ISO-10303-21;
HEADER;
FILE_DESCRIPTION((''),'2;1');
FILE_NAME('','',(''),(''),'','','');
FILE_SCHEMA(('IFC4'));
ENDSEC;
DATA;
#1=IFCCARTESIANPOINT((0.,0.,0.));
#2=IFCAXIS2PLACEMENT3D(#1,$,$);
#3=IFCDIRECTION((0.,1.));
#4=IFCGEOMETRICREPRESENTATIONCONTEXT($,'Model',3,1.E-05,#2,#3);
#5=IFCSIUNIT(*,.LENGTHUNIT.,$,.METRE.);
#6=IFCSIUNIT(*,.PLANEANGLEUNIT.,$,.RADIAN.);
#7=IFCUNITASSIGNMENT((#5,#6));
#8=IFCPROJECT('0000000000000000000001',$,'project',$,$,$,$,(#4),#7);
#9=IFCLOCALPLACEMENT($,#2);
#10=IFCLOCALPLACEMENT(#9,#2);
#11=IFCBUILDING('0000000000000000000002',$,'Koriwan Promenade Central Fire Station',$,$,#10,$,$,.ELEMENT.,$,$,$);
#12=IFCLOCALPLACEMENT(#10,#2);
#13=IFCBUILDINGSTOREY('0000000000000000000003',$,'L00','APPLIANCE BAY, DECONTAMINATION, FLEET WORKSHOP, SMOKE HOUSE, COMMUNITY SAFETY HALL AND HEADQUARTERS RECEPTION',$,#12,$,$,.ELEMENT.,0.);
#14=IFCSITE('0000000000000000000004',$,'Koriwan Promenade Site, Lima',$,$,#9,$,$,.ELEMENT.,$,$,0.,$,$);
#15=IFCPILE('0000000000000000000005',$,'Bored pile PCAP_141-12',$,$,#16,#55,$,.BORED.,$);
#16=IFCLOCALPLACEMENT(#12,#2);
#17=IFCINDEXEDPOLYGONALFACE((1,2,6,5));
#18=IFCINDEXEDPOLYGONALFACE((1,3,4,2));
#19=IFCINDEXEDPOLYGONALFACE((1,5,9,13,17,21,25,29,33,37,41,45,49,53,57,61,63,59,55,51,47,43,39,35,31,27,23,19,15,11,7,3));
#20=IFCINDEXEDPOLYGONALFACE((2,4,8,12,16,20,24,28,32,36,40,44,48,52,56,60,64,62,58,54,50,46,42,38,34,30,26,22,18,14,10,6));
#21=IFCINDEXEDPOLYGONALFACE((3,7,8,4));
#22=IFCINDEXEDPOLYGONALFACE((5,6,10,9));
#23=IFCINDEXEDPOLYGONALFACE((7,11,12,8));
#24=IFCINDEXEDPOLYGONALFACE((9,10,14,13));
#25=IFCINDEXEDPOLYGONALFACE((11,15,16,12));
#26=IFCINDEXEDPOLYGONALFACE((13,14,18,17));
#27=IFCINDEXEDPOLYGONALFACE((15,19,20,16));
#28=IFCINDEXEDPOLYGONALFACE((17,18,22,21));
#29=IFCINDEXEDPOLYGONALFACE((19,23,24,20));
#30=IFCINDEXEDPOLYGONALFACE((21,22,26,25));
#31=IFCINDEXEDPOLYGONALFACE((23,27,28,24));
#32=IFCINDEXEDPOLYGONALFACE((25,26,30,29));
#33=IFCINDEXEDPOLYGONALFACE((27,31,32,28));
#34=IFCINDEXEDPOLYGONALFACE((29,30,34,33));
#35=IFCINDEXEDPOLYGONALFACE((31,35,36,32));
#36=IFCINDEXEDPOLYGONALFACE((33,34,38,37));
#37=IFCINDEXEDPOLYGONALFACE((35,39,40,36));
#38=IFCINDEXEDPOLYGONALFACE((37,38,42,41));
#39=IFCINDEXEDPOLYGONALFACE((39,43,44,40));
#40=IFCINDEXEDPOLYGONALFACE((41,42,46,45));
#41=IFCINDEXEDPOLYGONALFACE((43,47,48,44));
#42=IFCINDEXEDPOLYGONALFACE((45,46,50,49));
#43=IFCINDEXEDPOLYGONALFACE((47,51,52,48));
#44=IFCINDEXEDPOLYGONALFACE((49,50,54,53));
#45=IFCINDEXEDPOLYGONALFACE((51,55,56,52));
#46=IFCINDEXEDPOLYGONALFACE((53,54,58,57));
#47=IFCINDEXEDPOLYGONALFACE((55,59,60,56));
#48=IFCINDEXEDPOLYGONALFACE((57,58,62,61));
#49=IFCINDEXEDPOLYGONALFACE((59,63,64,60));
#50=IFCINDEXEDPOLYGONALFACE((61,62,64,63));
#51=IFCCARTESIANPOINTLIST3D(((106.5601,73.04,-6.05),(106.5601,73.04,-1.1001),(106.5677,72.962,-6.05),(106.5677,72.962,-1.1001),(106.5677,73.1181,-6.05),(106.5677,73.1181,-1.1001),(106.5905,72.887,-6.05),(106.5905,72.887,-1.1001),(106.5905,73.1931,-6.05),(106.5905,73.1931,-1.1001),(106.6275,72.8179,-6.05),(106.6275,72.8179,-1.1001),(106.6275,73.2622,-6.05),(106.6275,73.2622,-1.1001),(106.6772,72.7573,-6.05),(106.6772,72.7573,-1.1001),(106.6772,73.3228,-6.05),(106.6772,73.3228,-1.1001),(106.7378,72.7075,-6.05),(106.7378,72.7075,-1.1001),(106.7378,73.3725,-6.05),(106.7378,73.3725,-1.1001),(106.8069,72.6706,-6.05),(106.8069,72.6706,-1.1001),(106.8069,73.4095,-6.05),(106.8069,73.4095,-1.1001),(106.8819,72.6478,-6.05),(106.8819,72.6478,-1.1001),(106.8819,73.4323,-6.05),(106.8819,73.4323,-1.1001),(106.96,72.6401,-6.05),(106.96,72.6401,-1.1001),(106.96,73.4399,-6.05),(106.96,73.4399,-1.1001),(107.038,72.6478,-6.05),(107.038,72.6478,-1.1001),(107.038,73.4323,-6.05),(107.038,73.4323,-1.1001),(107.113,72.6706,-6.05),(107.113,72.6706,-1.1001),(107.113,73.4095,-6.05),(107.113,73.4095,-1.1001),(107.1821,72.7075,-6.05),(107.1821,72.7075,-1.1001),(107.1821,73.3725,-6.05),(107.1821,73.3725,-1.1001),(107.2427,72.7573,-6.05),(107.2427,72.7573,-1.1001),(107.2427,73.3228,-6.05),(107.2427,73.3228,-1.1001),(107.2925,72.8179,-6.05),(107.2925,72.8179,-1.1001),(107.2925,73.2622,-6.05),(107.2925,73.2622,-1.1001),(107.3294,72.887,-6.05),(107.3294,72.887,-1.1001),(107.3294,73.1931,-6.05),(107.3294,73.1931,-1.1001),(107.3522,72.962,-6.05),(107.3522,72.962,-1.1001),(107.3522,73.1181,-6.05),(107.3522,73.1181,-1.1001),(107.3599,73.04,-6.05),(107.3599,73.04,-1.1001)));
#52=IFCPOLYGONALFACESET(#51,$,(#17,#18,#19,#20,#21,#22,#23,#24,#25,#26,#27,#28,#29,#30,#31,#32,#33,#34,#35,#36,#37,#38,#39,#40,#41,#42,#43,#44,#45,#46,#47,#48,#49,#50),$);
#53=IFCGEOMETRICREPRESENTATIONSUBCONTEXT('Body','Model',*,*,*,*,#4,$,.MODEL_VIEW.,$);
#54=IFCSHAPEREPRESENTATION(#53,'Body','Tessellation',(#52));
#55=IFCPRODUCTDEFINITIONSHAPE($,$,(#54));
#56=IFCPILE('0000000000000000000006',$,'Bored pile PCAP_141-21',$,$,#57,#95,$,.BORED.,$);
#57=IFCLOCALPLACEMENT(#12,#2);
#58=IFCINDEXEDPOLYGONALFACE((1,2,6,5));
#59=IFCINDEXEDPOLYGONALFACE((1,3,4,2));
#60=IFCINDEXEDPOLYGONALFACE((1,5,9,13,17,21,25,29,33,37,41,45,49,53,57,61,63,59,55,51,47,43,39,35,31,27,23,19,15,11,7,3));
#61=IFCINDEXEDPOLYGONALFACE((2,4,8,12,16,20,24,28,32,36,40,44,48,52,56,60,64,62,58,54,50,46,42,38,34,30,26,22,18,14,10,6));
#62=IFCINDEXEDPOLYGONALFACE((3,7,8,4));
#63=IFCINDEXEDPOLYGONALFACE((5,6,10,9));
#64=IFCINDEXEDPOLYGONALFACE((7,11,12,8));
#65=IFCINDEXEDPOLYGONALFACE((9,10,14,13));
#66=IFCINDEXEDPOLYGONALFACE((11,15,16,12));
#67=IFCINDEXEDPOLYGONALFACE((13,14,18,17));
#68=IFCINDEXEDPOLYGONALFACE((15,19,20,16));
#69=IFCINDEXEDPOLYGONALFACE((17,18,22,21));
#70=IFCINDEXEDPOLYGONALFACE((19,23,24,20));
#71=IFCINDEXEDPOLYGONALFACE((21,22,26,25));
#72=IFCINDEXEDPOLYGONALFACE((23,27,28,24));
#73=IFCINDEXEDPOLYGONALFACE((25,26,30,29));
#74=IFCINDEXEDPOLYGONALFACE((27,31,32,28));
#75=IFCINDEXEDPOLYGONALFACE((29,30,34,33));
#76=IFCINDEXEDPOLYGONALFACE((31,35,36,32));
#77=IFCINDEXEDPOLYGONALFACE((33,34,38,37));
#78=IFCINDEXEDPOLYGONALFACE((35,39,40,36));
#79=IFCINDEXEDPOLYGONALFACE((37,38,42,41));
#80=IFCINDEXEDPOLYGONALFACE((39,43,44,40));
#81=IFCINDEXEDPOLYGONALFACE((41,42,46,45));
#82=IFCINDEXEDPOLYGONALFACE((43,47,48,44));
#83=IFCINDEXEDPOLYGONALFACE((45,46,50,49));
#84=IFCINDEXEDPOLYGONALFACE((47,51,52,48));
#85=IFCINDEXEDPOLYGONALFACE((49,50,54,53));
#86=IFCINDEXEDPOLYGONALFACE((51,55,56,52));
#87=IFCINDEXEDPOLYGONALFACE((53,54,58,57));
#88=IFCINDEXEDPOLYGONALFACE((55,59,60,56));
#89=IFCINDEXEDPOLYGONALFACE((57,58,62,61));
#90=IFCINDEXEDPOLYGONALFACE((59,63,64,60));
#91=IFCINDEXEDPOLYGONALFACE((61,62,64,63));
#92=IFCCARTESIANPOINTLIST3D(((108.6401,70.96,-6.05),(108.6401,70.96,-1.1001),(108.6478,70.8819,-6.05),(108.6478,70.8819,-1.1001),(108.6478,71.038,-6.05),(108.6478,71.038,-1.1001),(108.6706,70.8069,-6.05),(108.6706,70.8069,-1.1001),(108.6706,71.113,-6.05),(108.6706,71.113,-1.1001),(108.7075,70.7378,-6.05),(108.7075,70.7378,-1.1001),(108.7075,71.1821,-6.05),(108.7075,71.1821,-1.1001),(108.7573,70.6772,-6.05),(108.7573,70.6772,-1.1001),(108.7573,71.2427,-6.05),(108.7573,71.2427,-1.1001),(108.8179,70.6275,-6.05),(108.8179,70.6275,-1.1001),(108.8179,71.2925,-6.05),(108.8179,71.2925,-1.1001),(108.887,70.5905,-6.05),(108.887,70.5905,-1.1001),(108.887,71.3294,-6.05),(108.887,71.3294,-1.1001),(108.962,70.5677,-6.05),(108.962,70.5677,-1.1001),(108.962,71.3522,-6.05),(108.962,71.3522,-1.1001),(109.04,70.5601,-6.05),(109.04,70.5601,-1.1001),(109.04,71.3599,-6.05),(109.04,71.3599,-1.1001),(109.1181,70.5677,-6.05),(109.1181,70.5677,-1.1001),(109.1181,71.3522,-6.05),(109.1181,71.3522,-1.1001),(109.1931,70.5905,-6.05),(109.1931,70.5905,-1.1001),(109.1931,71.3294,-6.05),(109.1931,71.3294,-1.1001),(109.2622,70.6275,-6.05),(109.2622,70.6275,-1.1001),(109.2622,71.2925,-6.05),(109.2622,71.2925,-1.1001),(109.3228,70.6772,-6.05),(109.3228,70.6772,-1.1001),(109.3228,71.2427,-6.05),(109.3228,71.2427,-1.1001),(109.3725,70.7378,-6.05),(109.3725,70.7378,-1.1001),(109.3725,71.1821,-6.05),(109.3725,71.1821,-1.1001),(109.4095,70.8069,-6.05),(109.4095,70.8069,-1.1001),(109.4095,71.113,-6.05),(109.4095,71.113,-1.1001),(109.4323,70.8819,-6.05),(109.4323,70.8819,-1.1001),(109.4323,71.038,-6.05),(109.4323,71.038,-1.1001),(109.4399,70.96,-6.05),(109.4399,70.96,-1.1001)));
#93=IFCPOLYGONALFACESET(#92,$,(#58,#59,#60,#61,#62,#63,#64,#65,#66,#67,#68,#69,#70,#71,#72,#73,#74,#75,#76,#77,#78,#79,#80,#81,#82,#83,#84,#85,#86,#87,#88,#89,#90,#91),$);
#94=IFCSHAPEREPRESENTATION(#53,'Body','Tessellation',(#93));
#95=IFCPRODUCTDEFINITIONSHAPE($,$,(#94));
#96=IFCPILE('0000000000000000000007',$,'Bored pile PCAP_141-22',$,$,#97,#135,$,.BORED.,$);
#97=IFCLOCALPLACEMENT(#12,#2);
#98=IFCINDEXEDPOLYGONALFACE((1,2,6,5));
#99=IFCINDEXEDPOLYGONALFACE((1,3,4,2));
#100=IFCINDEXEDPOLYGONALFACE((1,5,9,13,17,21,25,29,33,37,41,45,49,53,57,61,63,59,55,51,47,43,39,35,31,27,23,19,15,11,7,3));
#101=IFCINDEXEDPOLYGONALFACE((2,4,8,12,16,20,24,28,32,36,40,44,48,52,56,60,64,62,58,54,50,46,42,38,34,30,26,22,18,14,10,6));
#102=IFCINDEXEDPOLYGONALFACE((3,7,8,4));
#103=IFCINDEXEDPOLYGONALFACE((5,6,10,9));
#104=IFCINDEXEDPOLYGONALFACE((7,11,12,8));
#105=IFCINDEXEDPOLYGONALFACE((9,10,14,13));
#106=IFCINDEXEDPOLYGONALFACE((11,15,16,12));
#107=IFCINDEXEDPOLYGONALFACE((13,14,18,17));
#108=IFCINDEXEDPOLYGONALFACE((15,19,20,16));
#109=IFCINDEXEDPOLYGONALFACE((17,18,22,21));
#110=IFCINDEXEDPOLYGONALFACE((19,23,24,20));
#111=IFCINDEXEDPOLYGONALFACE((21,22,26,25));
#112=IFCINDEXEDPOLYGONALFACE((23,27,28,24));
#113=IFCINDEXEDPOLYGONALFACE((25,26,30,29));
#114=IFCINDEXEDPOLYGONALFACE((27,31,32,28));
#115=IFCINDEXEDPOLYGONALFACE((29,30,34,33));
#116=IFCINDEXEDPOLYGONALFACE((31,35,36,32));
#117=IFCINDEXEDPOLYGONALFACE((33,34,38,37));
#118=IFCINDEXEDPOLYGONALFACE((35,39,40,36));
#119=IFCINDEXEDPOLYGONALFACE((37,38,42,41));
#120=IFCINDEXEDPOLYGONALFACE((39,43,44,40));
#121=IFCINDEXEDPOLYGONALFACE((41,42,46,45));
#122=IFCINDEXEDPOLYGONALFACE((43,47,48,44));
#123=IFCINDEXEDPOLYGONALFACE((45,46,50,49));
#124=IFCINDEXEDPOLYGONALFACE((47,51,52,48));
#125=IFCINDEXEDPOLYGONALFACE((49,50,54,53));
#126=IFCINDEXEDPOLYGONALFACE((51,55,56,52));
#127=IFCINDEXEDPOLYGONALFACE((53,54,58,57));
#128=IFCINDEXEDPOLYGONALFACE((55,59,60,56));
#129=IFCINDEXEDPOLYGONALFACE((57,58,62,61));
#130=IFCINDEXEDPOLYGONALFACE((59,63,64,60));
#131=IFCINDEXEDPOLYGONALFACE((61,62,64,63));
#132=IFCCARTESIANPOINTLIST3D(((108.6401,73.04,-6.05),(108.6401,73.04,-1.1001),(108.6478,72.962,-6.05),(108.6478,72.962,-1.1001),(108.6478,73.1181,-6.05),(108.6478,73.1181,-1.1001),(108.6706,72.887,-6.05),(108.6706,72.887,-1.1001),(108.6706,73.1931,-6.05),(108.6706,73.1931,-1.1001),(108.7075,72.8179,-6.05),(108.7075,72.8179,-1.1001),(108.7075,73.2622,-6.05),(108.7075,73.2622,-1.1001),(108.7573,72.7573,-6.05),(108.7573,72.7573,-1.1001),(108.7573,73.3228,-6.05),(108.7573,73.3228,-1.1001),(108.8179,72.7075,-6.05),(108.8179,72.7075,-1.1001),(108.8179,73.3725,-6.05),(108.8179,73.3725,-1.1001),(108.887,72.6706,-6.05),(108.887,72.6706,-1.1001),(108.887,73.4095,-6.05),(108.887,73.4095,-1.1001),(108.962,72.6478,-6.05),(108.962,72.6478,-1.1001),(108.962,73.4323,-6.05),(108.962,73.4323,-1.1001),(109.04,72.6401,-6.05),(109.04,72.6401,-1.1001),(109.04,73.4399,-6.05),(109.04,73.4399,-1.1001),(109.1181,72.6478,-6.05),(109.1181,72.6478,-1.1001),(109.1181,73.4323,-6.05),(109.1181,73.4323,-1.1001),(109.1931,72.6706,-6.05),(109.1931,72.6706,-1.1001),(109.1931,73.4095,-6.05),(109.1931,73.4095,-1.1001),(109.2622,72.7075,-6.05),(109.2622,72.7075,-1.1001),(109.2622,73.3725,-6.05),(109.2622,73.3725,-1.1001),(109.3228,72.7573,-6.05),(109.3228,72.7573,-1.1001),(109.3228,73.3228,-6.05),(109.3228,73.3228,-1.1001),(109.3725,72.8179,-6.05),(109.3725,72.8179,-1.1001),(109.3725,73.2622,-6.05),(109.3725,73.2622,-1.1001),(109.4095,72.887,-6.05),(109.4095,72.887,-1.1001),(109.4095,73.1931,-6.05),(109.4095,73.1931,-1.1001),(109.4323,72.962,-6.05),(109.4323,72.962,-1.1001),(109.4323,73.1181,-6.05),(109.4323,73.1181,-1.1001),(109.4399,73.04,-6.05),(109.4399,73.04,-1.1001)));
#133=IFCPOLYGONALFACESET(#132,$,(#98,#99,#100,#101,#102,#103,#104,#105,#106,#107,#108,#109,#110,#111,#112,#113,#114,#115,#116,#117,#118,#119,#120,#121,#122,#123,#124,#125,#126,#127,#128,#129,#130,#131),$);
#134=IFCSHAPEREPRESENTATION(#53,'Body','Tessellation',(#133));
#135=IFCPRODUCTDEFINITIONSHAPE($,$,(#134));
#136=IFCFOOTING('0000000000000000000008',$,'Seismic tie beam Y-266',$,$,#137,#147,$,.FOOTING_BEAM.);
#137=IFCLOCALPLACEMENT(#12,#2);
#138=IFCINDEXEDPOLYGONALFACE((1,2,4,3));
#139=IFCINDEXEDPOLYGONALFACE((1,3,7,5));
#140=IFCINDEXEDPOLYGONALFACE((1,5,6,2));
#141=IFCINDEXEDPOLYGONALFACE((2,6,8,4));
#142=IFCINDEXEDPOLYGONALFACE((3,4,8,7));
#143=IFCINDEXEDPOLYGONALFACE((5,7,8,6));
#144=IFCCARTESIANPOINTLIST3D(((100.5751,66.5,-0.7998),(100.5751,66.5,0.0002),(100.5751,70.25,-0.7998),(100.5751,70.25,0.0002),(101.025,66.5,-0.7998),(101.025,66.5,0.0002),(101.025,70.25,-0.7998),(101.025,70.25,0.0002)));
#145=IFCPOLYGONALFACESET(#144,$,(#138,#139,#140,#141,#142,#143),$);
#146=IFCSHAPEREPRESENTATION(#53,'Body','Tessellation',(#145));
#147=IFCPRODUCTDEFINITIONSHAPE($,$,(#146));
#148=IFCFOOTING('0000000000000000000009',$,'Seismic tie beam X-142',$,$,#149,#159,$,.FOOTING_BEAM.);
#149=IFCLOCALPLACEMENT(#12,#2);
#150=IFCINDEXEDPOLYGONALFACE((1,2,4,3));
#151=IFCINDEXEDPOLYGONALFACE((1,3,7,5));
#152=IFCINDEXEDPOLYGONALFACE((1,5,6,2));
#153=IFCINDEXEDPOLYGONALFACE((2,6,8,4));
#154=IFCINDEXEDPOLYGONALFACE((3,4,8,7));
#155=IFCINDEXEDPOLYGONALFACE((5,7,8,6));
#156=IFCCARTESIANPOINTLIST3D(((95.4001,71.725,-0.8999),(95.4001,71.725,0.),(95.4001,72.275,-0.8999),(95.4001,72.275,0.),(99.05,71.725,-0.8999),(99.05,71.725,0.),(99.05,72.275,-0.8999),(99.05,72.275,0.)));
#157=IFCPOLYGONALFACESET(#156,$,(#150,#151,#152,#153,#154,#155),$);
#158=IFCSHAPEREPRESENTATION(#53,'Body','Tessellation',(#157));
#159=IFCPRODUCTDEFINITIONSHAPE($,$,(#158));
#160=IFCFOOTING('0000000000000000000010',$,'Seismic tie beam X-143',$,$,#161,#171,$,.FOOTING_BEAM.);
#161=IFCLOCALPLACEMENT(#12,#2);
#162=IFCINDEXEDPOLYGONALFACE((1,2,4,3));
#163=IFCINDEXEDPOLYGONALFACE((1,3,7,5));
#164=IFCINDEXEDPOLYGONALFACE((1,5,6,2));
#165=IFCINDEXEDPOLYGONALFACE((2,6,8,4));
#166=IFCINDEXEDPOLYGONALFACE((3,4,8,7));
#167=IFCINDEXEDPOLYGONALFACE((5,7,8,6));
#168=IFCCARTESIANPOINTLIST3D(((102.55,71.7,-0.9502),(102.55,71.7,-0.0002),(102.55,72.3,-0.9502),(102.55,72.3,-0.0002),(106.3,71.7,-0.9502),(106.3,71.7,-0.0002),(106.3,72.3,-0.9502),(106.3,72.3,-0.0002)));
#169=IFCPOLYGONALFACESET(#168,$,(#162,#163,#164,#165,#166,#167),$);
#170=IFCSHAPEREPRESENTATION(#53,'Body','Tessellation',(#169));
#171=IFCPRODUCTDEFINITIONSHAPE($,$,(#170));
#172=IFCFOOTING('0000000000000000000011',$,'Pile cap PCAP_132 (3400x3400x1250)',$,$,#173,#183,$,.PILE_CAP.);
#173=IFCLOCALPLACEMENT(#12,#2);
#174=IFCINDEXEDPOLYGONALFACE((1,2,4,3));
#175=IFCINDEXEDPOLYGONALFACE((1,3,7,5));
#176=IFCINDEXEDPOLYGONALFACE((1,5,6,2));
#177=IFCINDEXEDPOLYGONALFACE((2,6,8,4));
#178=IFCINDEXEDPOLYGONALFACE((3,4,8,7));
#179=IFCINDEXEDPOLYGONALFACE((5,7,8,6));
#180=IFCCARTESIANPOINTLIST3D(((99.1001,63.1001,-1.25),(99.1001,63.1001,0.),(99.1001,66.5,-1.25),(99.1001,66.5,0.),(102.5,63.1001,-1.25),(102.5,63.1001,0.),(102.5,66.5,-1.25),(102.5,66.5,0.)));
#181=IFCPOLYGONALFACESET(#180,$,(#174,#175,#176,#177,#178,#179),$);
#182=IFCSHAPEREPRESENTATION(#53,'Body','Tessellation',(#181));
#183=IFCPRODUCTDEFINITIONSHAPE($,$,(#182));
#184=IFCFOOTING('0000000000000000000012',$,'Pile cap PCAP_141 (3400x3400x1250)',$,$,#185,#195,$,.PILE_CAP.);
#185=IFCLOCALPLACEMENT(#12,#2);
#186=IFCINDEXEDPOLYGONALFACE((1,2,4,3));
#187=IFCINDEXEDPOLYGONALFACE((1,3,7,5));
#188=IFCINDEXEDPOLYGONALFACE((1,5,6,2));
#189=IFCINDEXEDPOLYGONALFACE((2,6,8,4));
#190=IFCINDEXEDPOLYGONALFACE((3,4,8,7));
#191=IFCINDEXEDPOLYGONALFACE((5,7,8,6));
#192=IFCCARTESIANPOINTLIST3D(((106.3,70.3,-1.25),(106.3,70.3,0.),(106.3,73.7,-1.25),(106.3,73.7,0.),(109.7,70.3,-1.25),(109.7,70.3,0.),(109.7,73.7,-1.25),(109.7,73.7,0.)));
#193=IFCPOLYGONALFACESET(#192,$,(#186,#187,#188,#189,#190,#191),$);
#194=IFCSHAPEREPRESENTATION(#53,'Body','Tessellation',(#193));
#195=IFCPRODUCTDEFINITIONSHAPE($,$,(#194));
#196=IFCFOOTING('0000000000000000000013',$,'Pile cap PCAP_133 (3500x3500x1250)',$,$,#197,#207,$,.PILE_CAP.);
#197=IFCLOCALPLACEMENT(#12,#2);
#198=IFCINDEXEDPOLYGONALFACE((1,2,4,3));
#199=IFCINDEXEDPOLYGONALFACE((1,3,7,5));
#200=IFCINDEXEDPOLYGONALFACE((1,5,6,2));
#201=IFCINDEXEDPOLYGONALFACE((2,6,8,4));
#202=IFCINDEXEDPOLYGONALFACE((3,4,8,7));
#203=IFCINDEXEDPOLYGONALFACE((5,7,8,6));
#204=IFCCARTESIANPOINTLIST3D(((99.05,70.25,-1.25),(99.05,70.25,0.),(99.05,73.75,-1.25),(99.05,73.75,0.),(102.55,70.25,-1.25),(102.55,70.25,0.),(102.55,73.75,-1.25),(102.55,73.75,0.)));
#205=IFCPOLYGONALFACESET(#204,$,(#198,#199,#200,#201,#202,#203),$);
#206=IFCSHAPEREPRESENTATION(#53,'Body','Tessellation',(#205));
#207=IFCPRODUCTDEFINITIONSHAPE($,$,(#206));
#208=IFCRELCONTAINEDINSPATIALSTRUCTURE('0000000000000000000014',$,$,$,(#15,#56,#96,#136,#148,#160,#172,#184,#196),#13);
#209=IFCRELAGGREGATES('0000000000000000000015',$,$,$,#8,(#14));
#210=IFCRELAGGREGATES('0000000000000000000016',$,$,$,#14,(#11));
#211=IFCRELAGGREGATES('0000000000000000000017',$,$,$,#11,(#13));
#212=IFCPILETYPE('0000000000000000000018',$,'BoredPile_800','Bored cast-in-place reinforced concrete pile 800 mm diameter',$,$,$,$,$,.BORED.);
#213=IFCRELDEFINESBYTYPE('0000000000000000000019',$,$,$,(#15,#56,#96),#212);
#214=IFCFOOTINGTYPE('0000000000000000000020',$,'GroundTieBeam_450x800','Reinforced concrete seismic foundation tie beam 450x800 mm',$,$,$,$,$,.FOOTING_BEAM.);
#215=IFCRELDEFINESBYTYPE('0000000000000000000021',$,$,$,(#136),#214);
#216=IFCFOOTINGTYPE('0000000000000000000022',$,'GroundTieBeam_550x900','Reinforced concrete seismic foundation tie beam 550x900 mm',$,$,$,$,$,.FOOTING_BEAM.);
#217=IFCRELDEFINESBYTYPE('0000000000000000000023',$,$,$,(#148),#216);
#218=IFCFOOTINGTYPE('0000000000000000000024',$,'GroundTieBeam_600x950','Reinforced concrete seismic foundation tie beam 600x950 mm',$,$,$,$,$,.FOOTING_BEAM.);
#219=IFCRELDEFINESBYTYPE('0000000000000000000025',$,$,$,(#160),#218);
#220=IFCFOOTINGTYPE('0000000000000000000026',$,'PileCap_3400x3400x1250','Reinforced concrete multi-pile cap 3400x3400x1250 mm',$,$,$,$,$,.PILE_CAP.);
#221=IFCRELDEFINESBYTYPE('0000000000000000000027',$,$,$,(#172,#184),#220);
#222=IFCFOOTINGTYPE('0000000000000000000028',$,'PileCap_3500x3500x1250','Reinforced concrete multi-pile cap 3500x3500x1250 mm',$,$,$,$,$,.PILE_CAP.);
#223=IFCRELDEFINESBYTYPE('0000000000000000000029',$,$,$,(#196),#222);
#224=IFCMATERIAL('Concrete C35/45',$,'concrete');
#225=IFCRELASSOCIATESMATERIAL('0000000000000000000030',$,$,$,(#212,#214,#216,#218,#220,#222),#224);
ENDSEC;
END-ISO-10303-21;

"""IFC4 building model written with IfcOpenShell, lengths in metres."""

from ifc_helpers import new_model, si_unit, direction, frame, origin, origin_2d, place, context, subcontext, project, spatial, rectangle, circle, extrude, material, material_profile, profile_set, type_object, element, save


model = new_model("IFC4")

# Units and contexts
model_context = context("Model", 3, precision=1e-05, world=origin(), true_north=direction((0.0, 1.0)))
body_context = subcontext(model_context, "Body", "Model", "MODEL_VIEW")
ifc_project = project(units=[si_unit("LENGTHUNIT", "METRE"), si_unit("PLANEANGLEUNIT", "RADIAN")], contexts=[model_context])

# Site, building, storey
site_placement = place(None, origin())
site = spatial("IfcSite", under=ifc_project, at=site_placement, Name="Koriwan Promenade Site, Lima", CompositionType="ELEMENT", RefElevation=0.0)
building_placement = place(site_placement, origin())
building = spatial("IfcBuilding", under=site, at=building_placement, Name="Koriwan Promenade Central Fire Station", CompositionType="ELEMENT")
storey_placement = place(building_placement, origin())
storey = spatial("IfcBuildingStorey", under=building, at=storey_placement, Name="L00", Description="APPLIANCE BAY, DECONTAMINATION, FLEET WORKSHOP, SMOKE HOUSE, COMMUNITY SAFETY HALL AND HEADQUARTERS RECEPTION", CompositionType="ELEMENT", Elevation=0.0)

# Piles
ifc_material_1 = material(Name="Concrete C35/45", Category="concrete")
ifc_material_profile_1 = material_profile(ifc_material_1, circle(Radius=0.3999, at=origin_2d()), Name="PILE-D800")
ifc_profile_set_1 = profile_set([ifc_material_profile_1], Name="Concrete C35/45")
pile_type = type_object("IfcPileType", Name="BoredPile_800", Description="Bored cast-in-place reinforced concrete pile 800 mm diameter", PredefinedType="BORED", material=ifc_profile_set_1)
for number, where, z_axis, x_axis, name in (
    (1, (106.96, 73.04, -1.1001), (0.0, 0.0, -1.0), (1.0, 0.0, 0.0), "Bored pile PCAP_141-12"),
    (2, (109.04, 70.96, -1.1001), (0.0, 0.0, -1.0), (1.0, 0.0, 0.0), "Bored pile PCAP_141-21"),
    (3, (109.04, 73.04, -1.1001), (0.0, 0.0, -1.0), (1.0, 0.0, 0.0), "Bored pile PCAP_141-22"),
):
    element("IfcPile", number, at=place(storey_placement, frame(where, z_axis=z_axis, x_axis=x_axis)), inside=storey, type_object=pile_type, Name=name, PredefinedType="BORED", context=body_context, shape_type="SweptSolid", body=[
        extrude(circle(Radius=0.3999, at=origin_2d()), origin(), (0.0, 0.0, 1.0), 4.95),
    ])

# Footings
footing_type_1 = type_object("IfcFootingType", Name="GroundTieBeam_450x800", Description="Reinforced concrete seismic foundation tie beam 450x800 mm", PredefinedType="FOOTING_BEAM", material=ifc_material_1)
footing_1_placement = place(storey_placement, frame((100.8, 68.375, -0.7998), z_axis=(0.0, 0.0, 1.0), x_axis=(0.0, 1.0, 0.0)))
element("IfcFooting", 4, at=footing_1_placement, inside=storey, type_object=footing_type_1, Name="Seismic tie beam Y-266", PredefinedType="FOOTING_BEAM", context=body_context, shape_type="SweptSolid", body=[
    extrude(rectangle(XDim=3.75, YDim=0.45, at=origin_2d()), origin(), (0.0, 0.0, 1.0), 0.8),
])
footing_type_2 = type_object("IfcFootingType", Name="GroundTieBeam_550x900", Description="Reinforced concrete seismic foundation tie beam 550x900 mm", PredefinedType="FOOTING_BEAM", material=ifc_material_1)
footing_2_placement = place(storey_placement, frame((97.2251, 72.0, -0.8999), z_axis=(0.0, 0.0, 1.0), x_axis=(1.0, 0.0, 0.0)))
element("IfcFooting", 5, at=footing_2_placement, inside=storey, type_object=footing_type_2, Name="Seismic tie beam X-142", PredefinedType="FOOTING_BEAM", context=body_context, shape_type="SweptSolid", body=[
    extrude(rectangle(XDim=3.6499, YDim=0.55, at=origin_2d()), origin(), (0.0, 0.0, 1.0), 0.8999),
])
footing_type_3 = type_object("IfcFootingType", Name="GroundTieBeam_600x950", Description="Reinforced concrete seismic foundation tie beam 600x950 mm", PredefinedType="FOOTING_BEAM", material=ifc_material_1)
footing_3_placement = place(storey_placement, frame((104.425, 72.0, -0.9502), z_axis=(0.0, 0.0, 1.0), x_axis=(1.0, 0.0, 0.0)))
element("IfcFooting", 6, at=footing_3_placement, inside=storey, type_object=footing_type_3, Name="Seismic tie beam X-143", PredefinedType="FOOTING_BEAM", context=body_context, shape_type="SweptSolid", body=[
    extrude(rectangle(XDim=3.75, YDim=0.6001, at=origin_2d()), origin(), (0.0, 0.0, 1.0), 0.95),
])
footing_type_4 = type_object("IfcFootingType", Name="PileCap_3400x3400x1250", Description="Reinforced concrete multi-pile cap 3400x3400x1250 mm", PredefinedType="PILE_CAP", material=ifc_material_1)
for number, where, z_axis, x_axis, name in (
    (7, (100.8, 64.8, -1.25), (0.0, 0.0, 1.0), (1.0, 0.0, 0.0), "Pile cap PCAP_132 (3400x3400x1250)"),
    (8, (108.0, 72.0, -1.25), (0.0, 0.0, 1.0), (1.0, 0.0, 0.0), "Pile cap PCAP_141 (3400x3400x1250)"),
):
    element("IfcFooting", number, at=place(storey_placement, frame(where, z_axis=z_axis, x_axis=x_axis)), inside=storey, type_object=footing_type_4, Name=name, PredefinedType="PILE_CAP", context=body_context, shape_type="SweptSolid", body=[
        extrude(rectangle(XDim=3.3999, YDim=3.3999, at=origin_2d()), origin(), (0.0, 0.0, 1.0), 1.25),
    ])
footing_type_5 = type_object("IfcFootingType", Name="PileCap_3500x3500x1250", Description="Reinforced concrete multi-pile cap 3500x3500x1250 mm", PredefinedType="PILE_CAP", material=ifc_material_1)
footing_4_placement = place(storey_placement, frame((100.8, 72.0, -1.25), z_axis=(0.0, 0.0, 1.0), x_axis=(1.0, 0.0, 0.0)))
element("IfcFooting", 9, at=footing_4_placement, inside=storey, type_object=footing_type_5, Name="Pile cap PCAP_133 (3500x3500x1250)", PredefinedType="PILE_CAP", context=body_context, shape_type="SweptSolid", body=[
    extrude(rectangle(XDim=3.5, YDim=3.5, at=origin_2d()), origin(), (0.0, 0.0, 1.0), 1.25),
])

save(model, "model.ifc")
